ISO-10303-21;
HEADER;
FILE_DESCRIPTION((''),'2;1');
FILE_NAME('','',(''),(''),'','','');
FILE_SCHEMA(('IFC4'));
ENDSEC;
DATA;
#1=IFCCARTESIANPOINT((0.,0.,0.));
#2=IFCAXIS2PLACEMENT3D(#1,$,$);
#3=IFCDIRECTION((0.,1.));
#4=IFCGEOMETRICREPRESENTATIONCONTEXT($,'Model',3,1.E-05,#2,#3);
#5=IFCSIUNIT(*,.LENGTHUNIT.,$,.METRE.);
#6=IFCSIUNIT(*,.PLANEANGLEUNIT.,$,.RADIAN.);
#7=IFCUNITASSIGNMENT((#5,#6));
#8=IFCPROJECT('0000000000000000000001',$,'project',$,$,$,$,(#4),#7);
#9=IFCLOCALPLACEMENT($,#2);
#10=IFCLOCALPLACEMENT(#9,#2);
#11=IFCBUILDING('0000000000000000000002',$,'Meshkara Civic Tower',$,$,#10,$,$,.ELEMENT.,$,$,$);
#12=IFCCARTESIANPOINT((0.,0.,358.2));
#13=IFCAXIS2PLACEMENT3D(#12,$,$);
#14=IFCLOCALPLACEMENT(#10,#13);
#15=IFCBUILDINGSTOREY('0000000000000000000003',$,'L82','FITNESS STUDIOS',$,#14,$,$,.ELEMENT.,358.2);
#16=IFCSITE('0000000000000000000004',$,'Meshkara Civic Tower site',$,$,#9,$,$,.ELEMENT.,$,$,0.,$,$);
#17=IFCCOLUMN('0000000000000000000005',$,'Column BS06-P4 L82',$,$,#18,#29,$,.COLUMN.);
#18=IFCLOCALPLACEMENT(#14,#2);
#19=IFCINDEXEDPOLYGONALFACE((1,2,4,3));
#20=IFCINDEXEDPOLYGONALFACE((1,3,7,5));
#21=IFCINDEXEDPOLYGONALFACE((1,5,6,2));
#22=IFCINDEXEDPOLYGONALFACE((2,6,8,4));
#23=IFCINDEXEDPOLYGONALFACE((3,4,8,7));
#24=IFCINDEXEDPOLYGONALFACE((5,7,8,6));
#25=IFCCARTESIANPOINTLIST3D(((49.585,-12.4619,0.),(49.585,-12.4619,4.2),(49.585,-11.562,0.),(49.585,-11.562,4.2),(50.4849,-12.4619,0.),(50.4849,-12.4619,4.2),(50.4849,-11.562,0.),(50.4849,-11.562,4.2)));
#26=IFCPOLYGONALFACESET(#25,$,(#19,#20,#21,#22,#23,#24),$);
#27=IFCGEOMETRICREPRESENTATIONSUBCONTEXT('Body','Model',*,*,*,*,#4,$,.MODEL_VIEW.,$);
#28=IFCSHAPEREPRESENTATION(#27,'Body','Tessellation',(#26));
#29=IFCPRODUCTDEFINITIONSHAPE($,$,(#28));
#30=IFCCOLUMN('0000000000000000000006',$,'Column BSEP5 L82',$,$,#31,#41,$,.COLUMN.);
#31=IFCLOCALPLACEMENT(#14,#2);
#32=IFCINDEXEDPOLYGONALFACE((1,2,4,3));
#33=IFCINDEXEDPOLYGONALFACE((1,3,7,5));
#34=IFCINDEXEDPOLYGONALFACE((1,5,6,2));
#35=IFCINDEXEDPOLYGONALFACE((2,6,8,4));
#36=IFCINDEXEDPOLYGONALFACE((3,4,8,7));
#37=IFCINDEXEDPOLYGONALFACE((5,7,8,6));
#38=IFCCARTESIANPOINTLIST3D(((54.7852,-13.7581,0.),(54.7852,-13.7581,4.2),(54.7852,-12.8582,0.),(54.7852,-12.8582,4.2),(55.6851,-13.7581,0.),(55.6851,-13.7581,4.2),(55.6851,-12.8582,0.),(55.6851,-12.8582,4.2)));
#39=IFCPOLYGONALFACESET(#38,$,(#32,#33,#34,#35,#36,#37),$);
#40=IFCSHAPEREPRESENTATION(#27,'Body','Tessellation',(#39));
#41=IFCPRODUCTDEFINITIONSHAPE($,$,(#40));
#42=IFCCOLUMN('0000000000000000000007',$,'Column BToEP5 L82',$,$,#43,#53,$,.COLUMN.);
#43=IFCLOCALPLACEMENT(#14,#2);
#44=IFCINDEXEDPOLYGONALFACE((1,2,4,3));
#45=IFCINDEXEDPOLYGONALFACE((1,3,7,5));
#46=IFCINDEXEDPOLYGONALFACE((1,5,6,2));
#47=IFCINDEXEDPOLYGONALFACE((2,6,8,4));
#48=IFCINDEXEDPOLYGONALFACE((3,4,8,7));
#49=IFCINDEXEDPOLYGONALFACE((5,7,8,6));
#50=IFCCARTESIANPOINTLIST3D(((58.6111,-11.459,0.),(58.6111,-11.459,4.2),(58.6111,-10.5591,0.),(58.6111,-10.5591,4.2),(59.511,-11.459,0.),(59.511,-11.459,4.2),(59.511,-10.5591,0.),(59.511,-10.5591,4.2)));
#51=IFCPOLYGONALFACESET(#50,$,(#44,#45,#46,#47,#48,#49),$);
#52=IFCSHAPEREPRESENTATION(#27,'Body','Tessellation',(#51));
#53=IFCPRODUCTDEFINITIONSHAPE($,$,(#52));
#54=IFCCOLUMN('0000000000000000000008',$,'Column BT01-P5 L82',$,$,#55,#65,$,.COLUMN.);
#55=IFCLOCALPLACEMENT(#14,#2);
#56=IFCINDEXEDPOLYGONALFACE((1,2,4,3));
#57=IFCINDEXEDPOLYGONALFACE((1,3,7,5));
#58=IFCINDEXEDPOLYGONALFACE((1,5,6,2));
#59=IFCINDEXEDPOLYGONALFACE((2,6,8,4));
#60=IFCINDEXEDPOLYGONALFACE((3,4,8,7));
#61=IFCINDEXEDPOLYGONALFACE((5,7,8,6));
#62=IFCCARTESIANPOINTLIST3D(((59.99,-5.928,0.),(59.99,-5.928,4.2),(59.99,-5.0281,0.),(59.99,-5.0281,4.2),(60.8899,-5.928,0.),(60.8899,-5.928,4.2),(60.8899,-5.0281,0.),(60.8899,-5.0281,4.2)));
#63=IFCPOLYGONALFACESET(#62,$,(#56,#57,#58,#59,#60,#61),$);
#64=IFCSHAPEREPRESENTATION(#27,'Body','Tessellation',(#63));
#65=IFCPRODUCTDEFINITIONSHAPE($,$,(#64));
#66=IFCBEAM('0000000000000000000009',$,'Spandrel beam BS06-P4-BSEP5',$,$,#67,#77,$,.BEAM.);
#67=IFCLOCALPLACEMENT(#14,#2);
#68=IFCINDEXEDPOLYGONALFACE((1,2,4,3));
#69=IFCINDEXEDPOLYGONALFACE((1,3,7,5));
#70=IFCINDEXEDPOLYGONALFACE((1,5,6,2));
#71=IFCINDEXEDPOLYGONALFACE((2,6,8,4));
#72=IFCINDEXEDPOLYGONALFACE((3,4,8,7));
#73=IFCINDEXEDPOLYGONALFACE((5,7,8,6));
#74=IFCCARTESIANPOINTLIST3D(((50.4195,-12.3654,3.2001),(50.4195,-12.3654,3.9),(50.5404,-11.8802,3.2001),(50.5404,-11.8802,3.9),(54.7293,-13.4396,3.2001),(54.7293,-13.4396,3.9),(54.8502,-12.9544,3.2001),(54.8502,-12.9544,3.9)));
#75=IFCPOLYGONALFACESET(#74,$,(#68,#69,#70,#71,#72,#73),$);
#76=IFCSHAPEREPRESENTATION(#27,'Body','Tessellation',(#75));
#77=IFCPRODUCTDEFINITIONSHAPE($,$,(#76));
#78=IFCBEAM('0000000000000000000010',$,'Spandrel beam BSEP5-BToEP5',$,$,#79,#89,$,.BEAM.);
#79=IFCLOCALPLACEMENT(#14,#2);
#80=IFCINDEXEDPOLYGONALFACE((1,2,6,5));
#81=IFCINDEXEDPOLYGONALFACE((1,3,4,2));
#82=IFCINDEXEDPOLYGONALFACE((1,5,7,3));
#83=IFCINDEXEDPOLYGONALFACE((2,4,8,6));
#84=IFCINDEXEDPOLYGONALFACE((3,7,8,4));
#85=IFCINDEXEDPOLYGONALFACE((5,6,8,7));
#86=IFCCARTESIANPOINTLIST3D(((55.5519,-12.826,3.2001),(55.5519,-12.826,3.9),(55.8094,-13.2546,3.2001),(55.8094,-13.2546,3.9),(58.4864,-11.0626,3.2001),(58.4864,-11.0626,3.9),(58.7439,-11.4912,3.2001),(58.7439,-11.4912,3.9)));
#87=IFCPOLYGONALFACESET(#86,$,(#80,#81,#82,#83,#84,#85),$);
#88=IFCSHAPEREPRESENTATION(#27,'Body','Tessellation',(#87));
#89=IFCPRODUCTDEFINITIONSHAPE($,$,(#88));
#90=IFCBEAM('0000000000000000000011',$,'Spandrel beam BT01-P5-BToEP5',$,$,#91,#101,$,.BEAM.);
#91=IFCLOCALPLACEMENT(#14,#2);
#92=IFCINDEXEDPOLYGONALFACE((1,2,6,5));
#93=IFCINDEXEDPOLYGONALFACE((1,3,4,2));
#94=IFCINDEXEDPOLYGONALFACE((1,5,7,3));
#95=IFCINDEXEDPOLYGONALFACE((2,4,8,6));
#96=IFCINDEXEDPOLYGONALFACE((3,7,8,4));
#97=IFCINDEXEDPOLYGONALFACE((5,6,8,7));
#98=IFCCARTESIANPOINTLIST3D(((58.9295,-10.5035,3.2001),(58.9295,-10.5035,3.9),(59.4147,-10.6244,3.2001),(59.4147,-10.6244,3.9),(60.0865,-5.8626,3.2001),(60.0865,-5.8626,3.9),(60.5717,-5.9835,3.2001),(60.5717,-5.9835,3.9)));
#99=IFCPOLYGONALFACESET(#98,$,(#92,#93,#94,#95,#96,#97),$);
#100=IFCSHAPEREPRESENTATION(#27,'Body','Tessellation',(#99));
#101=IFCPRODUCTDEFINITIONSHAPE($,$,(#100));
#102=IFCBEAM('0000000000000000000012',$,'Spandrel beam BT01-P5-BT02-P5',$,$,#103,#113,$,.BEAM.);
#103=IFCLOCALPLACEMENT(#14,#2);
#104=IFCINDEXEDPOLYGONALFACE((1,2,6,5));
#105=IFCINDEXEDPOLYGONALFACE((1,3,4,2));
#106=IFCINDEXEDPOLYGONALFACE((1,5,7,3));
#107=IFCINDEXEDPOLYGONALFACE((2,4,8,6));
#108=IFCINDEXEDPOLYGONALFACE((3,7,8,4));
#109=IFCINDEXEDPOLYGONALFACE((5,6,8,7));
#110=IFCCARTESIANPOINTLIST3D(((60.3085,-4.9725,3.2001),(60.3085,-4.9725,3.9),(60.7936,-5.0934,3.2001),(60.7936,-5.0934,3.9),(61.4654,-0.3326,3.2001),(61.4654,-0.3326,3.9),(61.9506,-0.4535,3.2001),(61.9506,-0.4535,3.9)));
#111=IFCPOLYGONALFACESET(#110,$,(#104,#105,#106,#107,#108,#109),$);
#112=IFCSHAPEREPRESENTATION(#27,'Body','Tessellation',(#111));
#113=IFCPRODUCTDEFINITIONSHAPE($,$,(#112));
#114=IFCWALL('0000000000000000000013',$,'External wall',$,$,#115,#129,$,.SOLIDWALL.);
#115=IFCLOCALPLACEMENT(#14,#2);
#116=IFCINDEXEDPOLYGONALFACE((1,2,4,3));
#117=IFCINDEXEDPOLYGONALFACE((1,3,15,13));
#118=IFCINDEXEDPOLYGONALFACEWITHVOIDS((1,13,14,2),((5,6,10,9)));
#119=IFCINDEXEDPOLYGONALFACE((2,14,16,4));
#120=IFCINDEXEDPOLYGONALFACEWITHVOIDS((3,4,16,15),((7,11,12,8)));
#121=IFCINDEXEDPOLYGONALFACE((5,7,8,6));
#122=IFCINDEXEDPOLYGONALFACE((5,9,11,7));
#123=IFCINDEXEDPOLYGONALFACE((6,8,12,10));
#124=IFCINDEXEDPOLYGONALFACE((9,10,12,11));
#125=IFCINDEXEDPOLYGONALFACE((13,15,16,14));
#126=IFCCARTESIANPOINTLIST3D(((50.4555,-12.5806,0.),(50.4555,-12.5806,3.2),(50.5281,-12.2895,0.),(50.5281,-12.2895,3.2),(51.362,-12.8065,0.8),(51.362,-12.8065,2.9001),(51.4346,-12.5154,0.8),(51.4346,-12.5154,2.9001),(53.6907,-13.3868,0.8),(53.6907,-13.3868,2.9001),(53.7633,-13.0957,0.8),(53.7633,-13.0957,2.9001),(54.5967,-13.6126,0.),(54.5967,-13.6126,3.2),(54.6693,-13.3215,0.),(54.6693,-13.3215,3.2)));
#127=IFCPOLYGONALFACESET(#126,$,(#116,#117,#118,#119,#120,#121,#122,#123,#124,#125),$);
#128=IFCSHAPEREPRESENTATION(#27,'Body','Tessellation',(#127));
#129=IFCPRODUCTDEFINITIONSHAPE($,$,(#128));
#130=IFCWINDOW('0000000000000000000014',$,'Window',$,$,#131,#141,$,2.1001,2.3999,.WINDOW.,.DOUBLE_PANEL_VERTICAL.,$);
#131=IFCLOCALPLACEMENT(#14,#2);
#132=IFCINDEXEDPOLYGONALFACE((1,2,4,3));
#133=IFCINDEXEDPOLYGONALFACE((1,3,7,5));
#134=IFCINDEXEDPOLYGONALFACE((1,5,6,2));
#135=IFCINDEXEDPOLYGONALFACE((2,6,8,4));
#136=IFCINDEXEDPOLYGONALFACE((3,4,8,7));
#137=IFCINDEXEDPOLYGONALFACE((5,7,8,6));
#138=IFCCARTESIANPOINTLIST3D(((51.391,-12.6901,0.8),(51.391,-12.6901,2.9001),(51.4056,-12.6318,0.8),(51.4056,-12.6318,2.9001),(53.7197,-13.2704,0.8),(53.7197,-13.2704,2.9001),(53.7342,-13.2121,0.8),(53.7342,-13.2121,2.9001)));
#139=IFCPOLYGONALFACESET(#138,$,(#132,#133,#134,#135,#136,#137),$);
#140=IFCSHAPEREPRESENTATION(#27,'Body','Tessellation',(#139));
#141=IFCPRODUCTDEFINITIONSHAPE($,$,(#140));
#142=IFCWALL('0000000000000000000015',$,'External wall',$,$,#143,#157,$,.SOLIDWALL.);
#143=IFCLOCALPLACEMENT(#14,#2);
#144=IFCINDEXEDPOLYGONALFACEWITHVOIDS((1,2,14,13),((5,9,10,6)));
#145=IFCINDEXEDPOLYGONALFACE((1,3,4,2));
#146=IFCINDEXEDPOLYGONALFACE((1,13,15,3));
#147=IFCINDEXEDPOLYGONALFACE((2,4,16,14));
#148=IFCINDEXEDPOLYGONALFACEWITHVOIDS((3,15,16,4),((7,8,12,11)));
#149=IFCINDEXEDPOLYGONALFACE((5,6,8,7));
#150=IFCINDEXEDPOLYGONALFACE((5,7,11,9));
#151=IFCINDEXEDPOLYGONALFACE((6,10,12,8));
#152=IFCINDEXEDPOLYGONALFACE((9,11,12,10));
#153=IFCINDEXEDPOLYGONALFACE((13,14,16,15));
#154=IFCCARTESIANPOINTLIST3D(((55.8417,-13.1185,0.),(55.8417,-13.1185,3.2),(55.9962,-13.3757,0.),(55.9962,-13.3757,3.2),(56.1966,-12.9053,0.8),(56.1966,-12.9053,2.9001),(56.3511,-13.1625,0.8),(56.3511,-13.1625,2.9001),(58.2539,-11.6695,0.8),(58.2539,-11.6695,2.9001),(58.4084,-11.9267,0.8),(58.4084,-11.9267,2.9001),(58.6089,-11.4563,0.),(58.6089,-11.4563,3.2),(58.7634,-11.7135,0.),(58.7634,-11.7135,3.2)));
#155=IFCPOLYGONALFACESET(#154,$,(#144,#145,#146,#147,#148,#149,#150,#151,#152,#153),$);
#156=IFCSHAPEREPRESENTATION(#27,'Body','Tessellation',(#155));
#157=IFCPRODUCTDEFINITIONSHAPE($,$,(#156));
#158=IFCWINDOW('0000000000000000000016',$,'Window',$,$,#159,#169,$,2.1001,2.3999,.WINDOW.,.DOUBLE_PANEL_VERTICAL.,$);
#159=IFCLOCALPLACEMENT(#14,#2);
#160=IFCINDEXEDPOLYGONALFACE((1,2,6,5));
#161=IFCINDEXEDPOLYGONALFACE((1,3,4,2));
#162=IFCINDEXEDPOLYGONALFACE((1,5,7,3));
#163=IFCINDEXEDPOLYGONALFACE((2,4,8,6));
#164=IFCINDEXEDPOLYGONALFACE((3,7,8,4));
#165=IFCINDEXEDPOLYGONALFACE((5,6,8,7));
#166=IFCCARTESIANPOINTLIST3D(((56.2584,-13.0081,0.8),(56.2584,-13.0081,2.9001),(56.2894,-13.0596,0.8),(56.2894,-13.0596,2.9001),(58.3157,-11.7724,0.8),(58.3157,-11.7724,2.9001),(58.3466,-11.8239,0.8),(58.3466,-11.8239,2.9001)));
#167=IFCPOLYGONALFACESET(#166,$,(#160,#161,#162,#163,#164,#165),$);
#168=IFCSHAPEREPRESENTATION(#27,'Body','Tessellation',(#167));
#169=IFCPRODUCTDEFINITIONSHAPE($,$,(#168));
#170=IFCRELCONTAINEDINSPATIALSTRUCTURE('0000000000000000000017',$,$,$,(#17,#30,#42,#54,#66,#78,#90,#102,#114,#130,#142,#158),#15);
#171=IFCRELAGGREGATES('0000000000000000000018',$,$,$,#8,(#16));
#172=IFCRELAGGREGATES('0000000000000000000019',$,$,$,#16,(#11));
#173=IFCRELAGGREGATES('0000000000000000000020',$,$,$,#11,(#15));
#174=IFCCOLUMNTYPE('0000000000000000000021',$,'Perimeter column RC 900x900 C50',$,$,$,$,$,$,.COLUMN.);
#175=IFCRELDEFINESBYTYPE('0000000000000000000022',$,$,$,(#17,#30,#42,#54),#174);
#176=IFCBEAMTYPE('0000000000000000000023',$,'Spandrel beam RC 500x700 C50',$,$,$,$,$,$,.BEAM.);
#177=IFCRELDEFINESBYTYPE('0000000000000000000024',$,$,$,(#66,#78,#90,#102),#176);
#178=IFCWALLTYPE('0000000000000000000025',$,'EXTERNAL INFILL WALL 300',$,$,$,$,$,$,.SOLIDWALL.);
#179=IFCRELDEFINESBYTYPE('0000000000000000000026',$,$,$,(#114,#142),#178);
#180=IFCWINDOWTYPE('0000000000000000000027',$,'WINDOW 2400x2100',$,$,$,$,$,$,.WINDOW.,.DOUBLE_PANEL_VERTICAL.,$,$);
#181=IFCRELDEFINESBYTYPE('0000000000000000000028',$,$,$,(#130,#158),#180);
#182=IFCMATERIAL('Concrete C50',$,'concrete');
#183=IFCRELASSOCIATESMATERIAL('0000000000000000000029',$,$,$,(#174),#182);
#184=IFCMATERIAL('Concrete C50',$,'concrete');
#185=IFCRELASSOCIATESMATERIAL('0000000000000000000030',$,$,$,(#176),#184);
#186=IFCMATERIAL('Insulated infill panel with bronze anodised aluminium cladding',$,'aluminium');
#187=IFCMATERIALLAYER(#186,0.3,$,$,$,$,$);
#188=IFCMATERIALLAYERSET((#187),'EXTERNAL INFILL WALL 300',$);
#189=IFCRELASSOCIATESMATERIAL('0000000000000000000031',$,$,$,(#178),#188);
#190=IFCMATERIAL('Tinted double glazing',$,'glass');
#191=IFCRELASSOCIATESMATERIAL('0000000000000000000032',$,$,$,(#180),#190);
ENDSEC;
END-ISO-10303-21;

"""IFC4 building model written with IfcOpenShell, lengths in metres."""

from ifc_helpers import new_model, si_unit, direction, frame, frame_2d, origin, origin_2d, place, context, subcontext, project, spatial, rectangle, extrude, material, layer, layer_set, material_profile, profile_set, type_object, element, fill, save


model = new_model("IFC4")

# Units and contexts
model_context = context("Model", 3, precision=1e-05, world=origin(), true_north=direction((0.0, 1.0)))
body_context = subcontext(model_context, "Body", "Model", "MODEL_VIEW")
ifc_project = project(units=[si_unit("LENGTHUNIT", "METRE"), si_unit("PLANEANGLEUNIT", "RADIAN")], contexts=[model_context])

# Site, building, storey
site_placement = place(None, origin())
site = spatial("IfcSite", under=ifc_project, at=site_placement, Name="Meshkara Civic Tower site", CompositionType="ELEMENT", RefElevation=0.0)
building_placement = place(site_placement, origin())
building = spatial("IfcBuilding", under=site, at=building_placement, Name="Meshkara Civic Tower", CompositionType="ELEMENT")
storey_placement = place(building_placement, frame((0.0, 0.0, 358.2)))
storey = spatial("IfcBuildingStorey", under=building, at=storey_placement, Name="L82", Description="FITNESS STUDIOS", CompositionType="ELEMENT", Elevation=358.2)

# Columns
ifc_material_1 = material(Name="Concrete C50", Category="concrete")
ifc_material_profile_1 = material_profile(ifc_material_1, rectangle(XDim=0.8999, YDim=0.8999, at=origin_2d()))
ifc_profile_set_1 = profile_set([ifc_material_profile_1], Name="Concrete C50")
column_type = type_object("IfcColumnType", Name="Perimeter column RC 900x900 C50", PredefinedType="COLUMN", material=ifc_profile_set_1)
for number, where, z_axis, x_axis, name in (
    (1, (50.0349, -12.012, 0.0), (0.0, 0.0, 1.0), (1.0, 0.0, 0.0), "Column BS06-P4 L82"),
    (2, (55.2351, -13.3081, 0.0), (0.0, 0.0, 1.0), (1.0, 0.0, 0.0), "Column BSEP5 L82"),
    (3, (59.061, -11.009, 0.0), (0.0, 0.0, 1.0), (1.0, 0.0, 0.0), "Column BToEP5 L82"),
    (4, (60.4399, -5.478, 0.0), (0.0, 0.0, 1.0), (1.0, 0.0, 0.0), "Column BT01-P5 L82"),
):
    element("IfcColumn", number, at=place(storey_placement, frame(where, z_axis=z_axis, x_axis=x_axis)), inside=storey, type_object=column_type, Name=name, PredefinedType="COLUMN", context=body_context, shape_type="SweptSolid", body=[
        extrude(rectangle(XDim=0.8999, YDim=0.8999, at=origin_2d()), origin(), (0.0, 0.0, 1.0), 4.2),
    ])

# Beams
ifc_material_2 = material(Name="Concrete C50", Category="concrete")
ifc_material_profile_2 = material_profile(ifc_material_2, rectangle(XDim=0.5, YDim=0.7, at=origin_2d()))
ifc_profile_set_2 = profile_set([ifc_material_profile_2], Name="Concrete C50")
beam_type = type_object("IfcBeamType", Name="Spandrel beam RC 500x700 C50", PredefinedType="BEAM", material=ifc_profile_set_2)
beam_1_placement = place(storey_placement, frame((50.48, -12.1228, 3.55), z_axis=(0.970314, -0.24185, 0.0), x_axis=(0.24185, 0.970314, 0.0)))
element("IfcBeam", 5, at=beam_1_placement, inside=storey, type_object=beam_type, Name="Spandrel beam BS06-P4-BSEP5", PredefinedType="BEAM", context=body_context, shape_type="SweptSolid", body=[
    extrude(rectangle(XDim=0.5, YDim=0.7, at=origin_2d()), origin(), (0.0, 0.0, 1.0), 4.4417),
])
beam_2_placement = place(storey_placement, frame((55.6807, -13.0403, 3.55), z_axis=(0.857147, 0.515072, 0.0), x_axis=(-0.515072, 0.857147, 0.0)))
element("IfcBeam", 6, at=beam_2_placement, inside=storey, type_object=beam_type, Name="Spandrel beam BSEP5-BToEP5", PredefinedType="BEAM", context=body_context, shape_type="SweptSolid", body=[
    extrude(rectangle(XDim=0.5, YDim=0.7, at=origin_2d()), origin(), (0.0, 0.0, 1.0), 3.4236),
])
beam_3_placement = place(storey_placement, frame((59.1721, -10.564, 3.55), z_axis=(0.241899, 0.970301, 0.0), x_axis=(-0.970301, 0.241899, 0.0)))
element("IfcBeam", 7, at=beam_3_placement, inside=storey, type_object=beam_type, Name="Spandrel beam BT01-P5-BToEP5", PredefinedType="BEAM", context=body_context, shape_type="SweptSolid", body=[
    extrude(rectangle(XDim=0.5, YDim=0.7, at=origin_2d()), origin(), (0.0, 0.0, 1.0), 4.783),
])
beam_4_placement = place(storey_placement, frame((60.551, -5.033, 3.55), z_axis=(0.241947, 0.970289, 0.0), x_axis=(-0.970289, 0.241947, 0.0)))
element("IfcBeam", 8, at=beam_4_placement, inside=storey, type_object=beam_type, Name="Spandrel beam BT01-P5-BT02-P5", PredefinedType="BEAM", context=body_context, shape_type="SweptSolid", body=[
    extrude(rectangle(XDim=0.5, YDim=0.7, at=origin_2d()), origin(), (0.0, 0.0, 1.0), 4.782),
])

# Walls, openings, windows
ifc_material_3 = material(Name="Insulated infill panel with bronze anodised aluminium cladding", Category="aluminium")
ifc_layer_1 = layer(ifc_material_3, 0.3)
ifc_layer_set_1 = layer_set([ifc_layer_1], Name="EXTERNAL INFILL WALL 300")
wall_type_1 = type_object("IfcWallType", Name="EXTERNAL INFILL WALL 300", PredefinedType="SOLIDWALL", material=ifc_layer_set_1)
wall_1_placement = place(storey_placement, frame((50.4919, -12.4351, 0.0), z_axis=(0.0, 0.0, 1.0), x_axis=(0.970324, -0.241809, 0.0)))
wall_1 = element("IfcWall", 9, at=wall_1_placement, inside=storey, type_object=wall_type_1, Name="External wall", PredefinedType="SOLIDWALL", context=body_context, shape_type="SweptSolid", body=[
    extrude(rectangle(XDim=4.2678, YDim=0.3, at=frame_2d((2.1338, 0.0))), origin(), (0.0, 0.0, 1.0), 3.2),
])
opening_1_placement = place(wall_1_placement, frame((0.9341, 0.0, 0.8)))
opening_1 = element("IfcOpeningElement", 10, at=opening_1_placement, cuts=wall_1, PredefinedType="OPENING", context=body_context, shape_type="SweptSolid", body=[
    extrude(rectangle(XDim=2.3999, YDim=2.1001, at=frame_2d((1.2, 1.05))), frame((0.0, 0.1599, 0.0), z_axis=(0.0, -1.0, 0.0), x_axis=(1.0, 0.0, 0.0)), (0.0, 0.0, 1.0), 0.3201),
])
ifc_material_4 = material(Name="Tinted double glazing", Category="glass")
window_type = type_object("IfcWindowType", Name="WINDOW 2400x2100", PartitioningType="DOUBLE_PANEL_VERTICAL", PredefinedType="WINDOW", material=ifc_material_4)
window_1_placement = place(opening_1_placement, origin())
window_1 = element("IfcWindow", 11, at=window_1_placement, inside=storey, type_object=window_type, Name="Window", OverallHeight=2.1001, OverallWidth=2.3999, PartitioningType="DOUBLE_PANEL_VERTICAL", PredefinedType="WINDOW", context=body_context, shape_type="SweptSolid", body=[
    extrude(rectangle(XDim=2.3999, YDim=2.1001, at=frame_2d((1.2, 1.05))), frame((0.0, 0.03, 0.0), z_axis=(0.0, -1.0, 0.0), x_axis=(1.0, 0.0, 0.0)), (0.0, 0.0, 1.0), 0.0601),
])
fill(opening_1, window_1)
wall_2_placement = place(storey_placement, frame((55.9189, -13.2471, 0.0), z_axis=(0.0, 0.0, 1.0), x_axis=(0.857239, 0.514918, 0.0)))
wall_2 = element("IfcWall", 12, at=wall_2_placement, inside=storey, type_object=wall_type_1, Name="External wall", PredefinedType="SOLIDWALL", context=body_context, shape_type="SweptSolid", body=[
    extrude(rectangle(XDim=3.228, YDim=0.3, at=frame_2d((1.614, 0.0))), origin(), (0.0, 0.0, 1.0), 3.2),
])
opening_2_placement = place(wall_2_placement, frame((0.4141, 0.0, 0.8)))
opening_2 = element("IfcOpeningElement", 13, at=opening_2_placement, cuts=wall_2, PredefinedType="OPENING", context=body_context, shape_type="SweptSolid", body=[
    extrude(rectangle(XDim=2.3999, YDim=2.1001, at=frame_2d((1.2, 1.05))), frame((0.0, 0.1599, 0.0), z_axis=(0.0, -1.0, 0.0), x_axis=(1.0, 0.0, 0.0)), (0.0, 0.0, 1.0), 0.3201),
])
window_2_placement = place(opening_2_placement, origin())
window_2 = element("IfcWindow", 14, at=window_2_placement, inside=storey, type_object=window_type, Name="Window", OverallHeight=2.1001, OverallWidth=2.3999, PartitioningType="DOUBLE_PANEL_VERTICAL", PredefinedType="WINDOW", context=body_context, shape_type="SweptSolid", body=[
    extrude(rectangle(XDim=2.3999, YDim=2.1001, at=frame_2d((1.2, 1.05))), frame((0.0, 0.03, 0.0), z_axis=(0.0, -1.0, 0.0), x_axis=(1.0, 0.0, 0.0)), (0.0, 0.0, 1.0), 0.0601),
])
fill(opening_2, window_2)

save(model, "model.ifc")
